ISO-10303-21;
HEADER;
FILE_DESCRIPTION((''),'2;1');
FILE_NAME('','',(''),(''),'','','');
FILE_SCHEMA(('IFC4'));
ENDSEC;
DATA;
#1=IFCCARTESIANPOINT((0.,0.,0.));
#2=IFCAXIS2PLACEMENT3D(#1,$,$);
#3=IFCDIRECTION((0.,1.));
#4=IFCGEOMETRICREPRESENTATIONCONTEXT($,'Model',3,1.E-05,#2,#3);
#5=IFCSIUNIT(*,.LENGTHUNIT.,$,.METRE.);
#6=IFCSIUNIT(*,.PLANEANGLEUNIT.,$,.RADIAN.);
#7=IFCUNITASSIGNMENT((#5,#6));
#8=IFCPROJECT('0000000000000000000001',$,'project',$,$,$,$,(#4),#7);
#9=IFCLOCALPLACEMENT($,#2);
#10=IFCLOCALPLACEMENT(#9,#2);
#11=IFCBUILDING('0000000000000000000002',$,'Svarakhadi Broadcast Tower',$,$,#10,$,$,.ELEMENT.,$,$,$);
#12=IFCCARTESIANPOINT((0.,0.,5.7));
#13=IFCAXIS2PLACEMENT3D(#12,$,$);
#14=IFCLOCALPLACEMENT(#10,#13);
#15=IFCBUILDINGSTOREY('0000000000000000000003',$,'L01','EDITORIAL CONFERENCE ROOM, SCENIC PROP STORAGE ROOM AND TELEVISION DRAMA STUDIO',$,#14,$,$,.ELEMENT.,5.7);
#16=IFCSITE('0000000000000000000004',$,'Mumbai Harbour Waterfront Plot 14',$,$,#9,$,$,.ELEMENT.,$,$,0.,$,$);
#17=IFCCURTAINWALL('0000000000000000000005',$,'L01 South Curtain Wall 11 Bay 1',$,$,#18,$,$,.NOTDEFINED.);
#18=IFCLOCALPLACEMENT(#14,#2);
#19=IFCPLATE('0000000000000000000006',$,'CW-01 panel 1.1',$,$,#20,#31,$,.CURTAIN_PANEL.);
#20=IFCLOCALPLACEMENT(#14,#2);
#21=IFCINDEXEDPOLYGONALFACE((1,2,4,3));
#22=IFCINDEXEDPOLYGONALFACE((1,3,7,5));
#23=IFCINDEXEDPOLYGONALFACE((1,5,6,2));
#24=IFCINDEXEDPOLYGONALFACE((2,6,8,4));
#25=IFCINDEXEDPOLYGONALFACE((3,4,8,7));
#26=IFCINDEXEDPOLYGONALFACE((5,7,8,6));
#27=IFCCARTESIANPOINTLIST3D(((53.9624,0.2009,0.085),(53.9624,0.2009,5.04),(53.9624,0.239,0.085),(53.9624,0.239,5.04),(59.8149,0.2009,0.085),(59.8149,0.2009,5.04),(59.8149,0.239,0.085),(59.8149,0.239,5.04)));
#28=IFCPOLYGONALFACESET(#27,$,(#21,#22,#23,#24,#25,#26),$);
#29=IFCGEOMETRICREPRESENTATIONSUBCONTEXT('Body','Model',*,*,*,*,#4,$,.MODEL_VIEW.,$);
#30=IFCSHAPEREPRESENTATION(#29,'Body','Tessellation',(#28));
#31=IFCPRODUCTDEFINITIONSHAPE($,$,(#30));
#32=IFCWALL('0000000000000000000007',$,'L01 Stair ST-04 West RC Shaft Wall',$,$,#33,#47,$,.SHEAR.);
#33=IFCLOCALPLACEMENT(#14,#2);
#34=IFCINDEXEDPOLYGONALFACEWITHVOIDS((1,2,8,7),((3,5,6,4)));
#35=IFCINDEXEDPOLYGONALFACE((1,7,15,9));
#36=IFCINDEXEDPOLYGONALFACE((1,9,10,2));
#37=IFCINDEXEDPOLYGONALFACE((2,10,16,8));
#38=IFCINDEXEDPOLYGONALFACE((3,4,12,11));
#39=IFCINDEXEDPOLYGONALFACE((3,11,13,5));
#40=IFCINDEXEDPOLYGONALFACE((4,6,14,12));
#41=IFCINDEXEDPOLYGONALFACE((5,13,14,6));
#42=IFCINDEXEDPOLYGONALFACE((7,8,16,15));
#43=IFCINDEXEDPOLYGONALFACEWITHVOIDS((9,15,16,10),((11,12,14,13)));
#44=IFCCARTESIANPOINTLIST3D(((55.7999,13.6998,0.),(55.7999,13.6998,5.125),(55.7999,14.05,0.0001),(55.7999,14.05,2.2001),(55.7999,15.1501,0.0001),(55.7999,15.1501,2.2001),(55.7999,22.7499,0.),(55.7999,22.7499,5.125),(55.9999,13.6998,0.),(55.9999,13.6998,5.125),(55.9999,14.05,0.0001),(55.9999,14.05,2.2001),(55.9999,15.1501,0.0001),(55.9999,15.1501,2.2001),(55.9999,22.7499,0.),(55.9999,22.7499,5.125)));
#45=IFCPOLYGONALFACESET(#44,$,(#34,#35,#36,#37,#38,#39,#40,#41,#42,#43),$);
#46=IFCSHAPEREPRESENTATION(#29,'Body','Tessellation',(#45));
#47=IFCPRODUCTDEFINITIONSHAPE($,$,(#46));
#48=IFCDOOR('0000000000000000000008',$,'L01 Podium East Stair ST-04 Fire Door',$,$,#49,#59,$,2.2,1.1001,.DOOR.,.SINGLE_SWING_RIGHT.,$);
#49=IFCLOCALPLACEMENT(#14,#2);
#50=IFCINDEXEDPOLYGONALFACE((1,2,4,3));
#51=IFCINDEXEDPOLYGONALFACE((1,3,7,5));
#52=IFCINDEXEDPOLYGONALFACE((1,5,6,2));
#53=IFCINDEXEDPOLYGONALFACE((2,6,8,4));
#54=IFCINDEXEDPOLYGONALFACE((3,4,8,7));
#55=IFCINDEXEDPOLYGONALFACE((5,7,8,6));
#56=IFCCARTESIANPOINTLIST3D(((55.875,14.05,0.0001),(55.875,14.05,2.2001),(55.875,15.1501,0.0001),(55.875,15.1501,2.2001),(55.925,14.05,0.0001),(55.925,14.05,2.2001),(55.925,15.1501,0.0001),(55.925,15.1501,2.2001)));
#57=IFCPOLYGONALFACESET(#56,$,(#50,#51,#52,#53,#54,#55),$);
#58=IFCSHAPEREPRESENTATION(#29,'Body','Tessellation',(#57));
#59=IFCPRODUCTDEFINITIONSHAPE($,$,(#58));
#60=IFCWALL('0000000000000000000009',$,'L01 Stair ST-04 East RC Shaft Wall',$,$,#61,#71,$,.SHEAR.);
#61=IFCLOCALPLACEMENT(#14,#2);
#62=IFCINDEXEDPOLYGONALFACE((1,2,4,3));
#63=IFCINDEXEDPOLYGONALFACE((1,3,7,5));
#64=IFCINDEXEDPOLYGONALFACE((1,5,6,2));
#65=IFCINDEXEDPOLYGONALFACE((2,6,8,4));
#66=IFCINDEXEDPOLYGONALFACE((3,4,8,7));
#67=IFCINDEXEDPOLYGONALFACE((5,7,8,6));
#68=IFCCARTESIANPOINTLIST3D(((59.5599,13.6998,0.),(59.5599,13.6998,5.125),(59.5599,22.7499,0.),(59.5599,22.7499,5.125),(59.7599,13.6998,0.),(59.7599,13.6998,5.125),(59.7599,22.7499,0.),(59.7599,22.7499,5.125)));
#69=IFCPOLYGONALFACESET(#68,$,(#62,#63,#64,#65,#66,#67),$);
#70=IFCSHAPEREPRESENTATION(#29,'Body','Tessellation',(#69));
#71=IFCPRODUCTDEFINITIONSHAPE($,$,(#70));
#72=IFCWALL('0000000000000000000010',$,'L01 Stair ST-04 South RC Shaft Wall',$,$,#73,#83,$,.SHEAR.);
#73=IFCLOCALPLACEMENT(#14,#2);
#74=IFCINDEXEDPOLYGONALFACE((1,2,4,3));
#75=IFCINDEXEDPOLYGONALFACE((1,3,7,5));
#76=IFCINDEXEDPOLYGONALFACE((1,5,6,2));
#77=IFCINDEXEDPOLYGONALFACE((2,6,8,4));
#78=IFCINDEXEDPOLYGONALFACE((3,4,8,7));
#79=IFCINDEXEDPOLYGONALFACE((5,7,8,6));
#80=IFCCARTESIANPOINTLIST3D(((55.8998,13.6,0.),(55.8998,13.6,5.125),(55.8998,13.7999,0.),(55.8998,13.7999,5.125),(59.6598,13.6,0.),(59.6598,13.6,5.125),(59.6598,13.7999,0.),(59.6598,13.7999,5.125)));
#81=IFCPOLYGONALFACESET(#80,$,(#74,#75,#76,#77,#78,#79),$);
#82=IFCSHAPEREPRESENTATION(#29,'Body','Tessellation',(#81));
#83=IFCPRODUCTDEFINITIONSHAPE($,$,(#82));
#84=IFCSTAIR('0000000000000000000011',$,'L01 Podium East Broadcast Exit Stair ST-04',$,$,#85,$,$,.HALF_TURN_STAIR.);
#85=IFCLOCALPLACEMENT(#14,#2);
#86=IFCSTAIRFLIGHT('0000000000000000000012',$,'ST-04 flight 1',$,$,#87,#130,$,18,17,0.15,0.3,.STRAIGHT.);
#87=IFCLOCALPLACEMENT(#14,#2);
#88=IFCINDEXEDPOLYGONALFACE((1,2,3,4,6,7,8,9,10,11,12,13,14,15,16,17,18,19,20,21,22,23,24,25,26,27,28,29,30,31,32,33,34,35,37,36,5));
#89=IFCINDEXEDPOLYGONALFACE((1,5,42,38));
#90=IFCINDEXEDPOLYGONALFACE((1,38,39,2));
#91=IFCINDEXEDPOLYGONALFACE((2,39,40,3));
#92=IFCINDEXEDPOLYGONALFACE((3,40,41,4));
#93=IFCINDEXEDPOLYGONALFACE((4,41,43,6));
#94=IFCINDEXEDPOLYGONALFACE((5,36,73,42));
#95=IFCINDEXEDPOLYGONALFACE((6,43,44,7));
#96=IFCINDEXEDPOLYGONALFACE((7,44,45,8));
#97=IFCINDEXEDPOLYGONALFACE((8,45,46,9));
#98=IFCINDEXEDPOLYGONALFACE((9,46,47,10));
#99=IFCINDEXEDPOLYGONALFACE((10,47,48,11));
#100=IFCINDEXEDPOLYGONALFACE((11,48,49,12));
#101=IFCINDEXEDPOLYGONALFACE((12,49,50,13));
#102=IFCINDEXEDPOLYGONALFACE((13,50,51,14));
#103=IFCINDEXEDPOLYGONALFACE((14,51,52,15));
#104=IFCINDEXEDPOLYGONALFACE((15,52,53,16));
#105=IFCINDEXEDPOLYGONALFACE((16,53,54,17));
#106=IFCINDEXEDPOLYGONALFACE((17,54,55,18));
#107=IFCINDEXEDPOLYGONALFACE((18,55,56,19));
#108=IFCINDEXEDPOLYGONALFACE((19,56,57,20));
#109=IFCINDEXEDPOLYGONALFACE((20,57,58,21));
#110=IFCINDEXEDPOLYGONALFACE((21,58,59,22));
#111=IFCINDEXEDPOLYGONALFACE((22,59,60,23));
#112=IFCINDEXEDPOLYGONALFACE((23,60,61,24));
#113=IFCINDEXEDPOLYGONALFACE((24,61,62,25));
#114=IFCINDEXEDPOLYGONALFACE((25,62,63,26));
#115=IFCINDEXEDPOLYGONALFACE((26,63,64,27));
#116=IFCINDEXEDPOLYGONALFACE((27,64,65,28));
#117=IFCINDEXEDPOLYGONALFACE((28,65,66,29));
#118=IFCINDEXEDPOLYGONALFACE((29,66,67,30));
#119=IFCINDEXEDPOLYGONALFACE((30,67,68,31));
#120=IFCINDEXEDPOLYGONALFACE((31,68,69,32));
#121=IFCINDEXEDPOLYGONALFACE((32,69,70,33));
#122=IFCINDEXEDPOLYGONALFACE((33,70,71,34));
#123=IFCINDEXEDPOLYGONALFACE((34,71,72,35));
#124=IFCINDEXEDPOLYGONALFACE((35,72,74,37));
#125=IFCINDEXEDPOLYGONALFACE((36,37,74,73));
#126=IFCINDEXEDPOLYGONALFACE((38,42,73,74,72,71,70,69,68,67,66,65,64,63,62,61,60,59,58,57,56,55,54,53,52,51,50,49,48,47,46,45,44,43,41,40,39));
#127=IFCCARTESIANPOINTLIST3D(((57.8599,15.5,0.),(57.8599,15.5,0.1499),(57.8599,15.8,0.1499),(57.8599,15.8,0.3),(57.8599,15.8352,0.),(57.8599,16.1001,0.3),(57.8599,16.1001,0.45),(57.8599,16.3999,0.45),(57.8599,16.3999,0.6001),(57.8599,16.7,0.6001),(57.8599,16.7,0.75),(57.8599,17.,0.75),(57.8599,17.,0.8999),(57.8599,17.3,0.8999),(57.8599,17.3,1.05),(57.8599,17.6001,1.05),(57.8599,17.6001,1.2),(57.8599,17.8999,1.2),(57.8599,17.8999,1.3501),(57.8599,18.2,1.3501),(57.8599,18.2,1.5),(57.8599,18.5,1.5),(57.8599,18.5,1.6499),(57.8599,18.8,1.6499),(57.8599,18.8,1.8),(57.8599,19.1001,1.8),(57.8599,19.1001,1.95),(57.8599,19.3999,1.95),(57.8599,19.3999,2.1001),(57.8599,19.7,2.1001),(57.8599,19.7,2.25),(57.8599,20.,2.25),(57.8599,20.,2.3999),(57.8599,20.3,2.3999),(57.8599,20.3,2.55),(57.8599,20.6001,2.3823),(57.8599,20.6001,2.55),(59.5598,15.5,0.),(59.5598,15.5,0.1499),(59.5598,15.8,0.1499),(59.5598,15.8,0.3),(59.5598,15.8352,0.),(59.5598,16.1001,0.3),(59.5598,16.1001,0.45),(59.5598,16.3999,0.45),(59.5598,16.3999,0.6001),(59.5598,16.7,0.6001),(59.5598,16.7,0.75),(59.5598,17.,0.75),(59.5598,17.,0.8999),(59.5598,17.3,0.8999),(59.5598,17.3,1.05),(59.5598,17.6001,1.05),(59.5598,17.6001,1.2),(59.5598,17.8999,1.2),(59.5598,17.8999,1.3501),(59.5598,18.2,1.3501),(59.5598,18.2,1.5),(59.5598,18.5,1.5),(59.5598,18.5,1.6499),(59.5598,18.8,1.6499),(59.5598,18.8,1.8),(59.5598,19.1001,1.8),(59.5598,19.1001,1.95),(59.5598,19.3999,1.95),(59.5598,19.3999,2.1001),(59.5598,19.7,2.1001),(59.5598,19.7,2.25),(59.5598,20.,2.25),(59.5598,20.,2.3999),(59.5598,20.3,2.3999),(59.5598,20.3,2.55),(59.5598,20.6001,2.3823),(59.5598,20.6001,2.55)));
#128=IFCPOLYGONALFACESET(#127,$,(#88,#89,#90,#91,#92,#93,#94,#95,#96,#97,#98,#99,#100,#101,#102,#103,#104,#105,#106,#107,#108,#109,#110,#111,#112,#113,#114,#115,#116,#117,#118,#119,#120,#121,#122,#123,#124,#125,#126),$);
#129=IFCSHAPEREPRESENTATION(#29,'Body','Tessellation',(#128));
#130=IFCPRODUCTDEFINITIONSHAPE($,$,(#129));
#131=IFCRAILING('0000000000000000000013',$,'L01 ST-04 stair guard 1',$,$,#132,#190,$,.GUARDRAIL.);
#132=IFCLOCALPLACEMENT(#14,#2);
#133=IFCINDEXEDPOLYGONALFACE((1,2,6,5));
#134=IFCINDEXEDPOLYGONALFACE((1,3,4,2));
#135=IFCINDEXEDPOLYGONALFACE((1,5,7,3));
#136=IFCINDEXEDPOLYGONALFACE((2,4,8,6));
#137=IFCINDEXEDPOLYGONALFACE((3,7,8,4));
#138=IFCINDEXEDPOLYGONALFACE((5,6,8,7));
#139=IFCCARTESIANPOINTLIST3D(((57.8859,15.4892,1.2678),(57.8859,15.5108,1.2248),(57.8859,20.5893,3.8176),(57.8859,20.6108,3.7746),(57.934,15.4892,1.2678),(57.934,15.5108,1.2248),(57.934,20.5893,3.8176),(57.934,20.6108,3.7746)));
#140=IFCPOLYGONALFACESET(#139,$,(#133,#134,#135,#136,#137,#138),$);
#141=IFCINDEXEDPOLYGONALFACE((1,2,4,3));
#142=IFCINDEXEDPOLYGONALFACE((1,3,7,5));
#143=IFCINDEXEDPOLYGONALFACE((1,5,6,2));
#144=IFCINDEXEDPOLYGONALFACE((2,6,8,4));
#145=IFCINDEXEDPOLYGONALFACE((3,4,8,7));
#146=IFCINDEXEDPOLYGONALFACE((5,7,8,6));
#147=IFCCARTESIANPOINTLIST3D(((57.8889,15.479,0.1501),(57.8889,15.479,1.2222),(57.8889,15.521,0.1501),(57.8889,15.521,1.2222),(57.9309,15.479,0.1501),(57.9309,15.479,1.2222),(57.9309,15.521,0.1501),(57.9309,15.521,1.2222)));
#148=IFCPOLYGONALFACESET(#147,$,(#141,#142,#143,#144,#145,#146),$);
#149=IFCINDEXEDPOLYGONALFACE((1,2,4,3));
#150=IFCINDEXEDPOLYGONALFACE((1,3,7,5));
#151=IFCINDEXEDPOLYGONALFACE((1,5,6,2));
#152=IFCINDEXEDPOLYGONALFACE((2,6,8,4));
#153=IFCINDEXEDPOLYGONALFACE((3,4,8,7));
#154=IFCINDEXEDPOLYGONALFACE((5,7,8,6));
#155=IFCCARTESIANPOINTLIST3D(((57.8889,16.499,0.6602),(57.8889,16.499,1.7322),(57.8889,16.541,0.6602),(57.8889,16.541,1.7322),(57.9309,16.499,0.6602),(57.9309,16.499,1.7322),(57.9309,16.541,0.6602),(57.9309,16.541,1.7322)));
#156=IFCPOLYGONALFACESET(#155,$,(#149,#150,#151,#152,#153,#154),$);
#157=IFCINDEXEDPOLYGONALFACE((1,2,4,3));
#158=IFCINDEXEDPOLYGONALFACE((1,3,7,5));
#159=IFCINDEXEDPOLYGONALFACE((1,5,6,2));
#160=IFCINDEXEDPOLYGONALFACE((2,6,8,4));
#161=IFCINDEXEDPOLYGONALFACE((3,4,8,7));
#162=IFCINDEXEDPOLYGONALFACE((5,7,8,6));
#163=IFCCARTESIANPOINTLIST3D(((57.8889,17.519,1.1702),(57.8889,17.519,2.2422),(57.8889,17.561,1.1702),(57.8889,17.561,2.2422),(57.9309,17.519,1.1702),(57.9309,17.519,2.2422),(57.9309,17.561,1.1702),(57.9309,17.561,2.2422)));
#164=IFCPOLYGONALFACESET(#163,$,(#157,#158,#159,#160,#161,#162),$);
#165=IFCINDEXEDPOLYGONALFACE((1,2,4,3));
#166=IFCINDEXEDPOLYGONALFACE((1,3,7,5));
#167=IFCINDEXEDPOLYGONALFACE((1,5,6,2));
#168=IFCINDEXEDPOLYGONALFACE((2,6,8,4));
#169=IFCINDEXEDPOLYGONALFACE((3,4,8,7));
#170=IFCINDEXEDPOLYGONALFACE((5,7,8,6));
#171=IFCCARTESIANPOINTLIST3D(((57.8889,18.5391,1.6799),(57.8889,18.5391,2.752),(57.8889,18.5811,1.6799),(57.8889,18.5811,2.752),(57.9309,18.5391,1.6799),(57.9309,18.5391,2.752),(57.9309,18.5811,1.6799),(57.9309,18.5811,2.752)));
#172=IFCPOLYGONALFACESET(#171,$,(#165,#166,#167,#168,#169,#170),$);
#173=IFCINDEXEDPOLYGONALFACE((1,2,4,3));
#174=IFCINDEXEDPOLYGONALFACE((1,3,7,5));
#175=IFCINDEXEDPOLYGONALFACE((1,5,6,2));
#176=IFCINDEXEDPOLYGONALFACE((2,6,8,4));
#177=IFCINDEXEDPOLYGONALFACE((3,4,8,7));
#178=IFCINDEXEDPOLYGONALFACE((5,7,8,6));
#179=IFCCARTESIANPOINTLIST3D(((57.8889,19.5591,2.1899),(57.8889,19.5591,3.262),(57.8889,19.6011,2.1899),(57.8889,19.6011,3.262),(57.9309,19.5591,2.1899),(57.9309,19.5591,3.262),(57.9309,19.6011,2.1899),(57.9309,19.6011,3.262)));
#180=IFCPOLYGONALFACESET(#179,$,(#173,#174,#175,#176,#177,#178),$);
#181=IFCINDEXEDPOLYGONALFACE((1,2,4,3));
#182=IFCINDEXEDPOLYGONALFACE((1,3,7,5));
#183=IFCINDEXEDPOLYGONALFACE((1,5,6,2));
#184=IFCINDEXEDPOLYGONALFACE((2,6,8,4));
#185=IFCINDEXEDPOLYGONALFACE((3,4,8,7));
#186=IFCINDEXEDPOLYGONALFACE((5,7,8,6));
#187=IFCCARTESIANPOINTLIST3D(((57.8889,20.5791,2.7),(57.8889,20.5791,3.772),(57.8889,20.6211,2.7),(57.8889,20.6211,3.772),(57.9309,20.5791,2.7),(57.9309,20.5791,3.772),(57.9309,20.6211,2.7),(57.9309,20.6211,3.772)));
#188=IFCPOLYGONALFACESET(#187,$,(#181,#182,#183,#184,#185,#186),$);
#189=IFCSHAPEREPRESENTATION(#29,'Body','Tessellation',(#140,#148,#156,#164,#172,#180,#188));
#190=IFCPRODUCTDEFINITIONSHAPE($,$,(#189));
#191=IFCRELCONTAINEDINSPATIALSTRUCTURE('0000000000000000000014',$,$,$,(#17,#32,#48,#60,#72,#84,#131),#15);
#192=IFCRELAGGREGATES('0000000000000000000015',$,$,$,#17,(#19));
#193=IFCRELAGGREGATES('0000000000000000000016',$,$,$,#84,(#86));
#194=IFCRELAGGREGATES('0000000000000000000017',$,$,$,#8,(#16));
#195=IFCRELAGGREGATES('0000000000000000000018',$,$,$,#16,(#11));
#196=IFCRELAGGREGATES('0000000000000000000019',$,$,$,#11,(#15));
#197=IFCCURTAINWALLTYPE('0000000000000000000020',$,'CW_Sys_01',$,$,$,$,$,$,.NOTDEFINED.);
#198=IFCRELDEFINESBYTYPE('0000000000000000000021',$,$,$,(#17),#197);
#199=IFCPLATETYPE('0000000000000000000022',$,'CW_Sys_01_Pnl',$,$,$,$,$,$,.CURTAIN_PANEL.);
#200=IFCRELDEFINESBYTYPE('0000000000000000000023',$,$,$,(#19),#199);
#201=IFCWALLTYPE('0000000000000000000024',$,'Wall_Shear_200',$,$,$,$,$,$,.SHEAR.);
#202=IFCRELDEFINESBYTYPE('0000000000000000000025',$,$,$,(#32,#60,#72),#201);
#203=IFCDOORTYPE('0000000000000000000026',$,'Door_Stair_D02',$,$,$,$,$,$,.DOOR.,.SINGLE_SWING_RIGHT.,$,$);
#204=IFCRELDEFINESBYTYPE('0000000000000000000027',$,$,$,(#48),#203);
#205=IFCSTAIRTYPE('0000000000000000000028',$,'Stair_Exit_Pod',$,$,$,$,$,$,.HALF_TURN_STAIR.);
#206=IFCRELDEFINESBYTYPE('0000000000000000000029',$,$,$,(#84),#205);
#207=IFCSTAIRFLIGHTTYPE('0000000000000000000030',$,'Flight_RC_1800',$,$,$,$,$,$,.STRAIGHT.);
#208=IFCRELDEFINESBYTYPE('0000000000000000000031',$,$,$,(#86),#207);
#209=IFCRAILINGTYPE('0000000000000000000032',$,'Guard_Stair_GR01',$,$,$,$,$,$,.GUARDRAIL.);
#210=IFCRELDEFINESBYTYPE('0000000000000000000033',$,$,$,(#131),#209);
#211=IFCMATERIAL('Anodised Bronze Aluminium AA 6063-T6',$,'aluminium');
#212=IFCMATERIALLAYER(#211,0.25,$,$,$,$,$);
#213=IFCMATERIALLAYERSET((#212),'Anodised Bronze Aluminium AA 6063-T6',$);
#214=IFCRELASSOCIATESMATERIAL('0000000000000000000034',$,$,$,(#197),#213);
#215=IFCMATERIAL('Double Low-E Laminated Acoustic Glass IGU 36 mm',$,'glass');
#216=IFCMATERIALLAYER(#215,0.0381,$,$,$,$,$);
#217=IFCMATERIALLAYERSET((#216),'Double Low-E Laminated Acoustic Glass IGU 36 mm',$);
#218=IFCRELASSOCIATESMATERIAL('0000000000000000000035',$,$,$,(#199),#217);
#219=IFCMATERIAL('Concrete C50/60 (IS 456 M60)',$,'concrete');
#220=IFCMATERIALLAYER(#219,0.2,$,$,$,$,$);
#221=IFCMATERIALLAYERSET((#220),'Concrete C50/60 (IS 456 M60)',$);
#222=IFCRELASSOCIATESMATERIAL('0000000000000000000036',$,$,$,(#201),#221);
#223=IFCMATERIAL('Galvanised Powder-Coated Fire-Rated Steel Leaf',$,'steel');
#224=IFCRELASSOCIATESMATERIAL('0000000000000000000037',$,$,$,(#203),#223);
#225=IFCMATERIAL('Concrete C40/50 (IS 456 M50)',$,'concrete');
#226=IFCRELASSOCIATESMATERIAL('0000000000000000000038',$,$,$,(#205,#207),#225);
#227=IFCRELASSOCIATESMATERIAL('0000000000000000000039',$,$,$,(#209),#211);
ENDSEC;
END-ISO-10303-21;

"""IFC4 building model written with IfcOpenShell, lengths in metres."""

from ifc_helpers import new_model, si_unit, direction, frame, frame_2d, origin, origin_2d, place, context, subcontext, project, spatial, polyline, rectangle, outline, extrude, material, layer, layer_set, type_object, element, fill, aggregate, save


model = new_model("IFC4")

# Units and contexts
model_context = context("Model", 3, precision=1e-05, world=origin(), true_north=direction((0.0, 1.0)))
body_context = subcontext(model_context, "Body", "Model", "MODEL_VIEW")
ifc_project = project(units=[si_unit("LENGTHUNIT", "METRE"), si_unit("PLANEANGLEUNIT", "RADIAN")], contexts=[model_context])

# Site, building, storey
site_placement = place(None, origin())
site = spatial("IfcSite", under=ifc_project, at=site_placement, Name="Mumbai Harbour Waterfront Plot 14", CompositionType="ELEMENT", RefElevation=0.0)
building_placement = place(site_placement, origin())
building = spatial("IfcBuilding", under=site, at=building_placement, Name="Svarakhadi Broadcast Tower", CompositionType="ELEMENT")
storey_placement = place(building_placement, frame((0.0, 0.0, 5.7)))
storey = spatial("IfcBuildingStorey", under=building, at=storey_placement, Name="L01", Description="EDITORIAL CONFERENCE ROOM, SCENIC PROP STORAGE ROOM AND TELEVISION DRAMA STUDIO", CompositionType="ELEMENT", Elevation=5.7)

# Shared definitions
ifc_material_1 = material(Name="Anodised Bronze Aluminium AA 6063-T6", Category="aluminium")
ifc_layer_1 = layer(ifc_material_1, 0.25)
ifc_layer_set_1 = layer_set([ifc_layer_1], Name="Anodised Bronze Aluminium AA 6063-T6")
curtain_wall_type = type_object("IfcCurtainWallType", Name="CW_Sys_01", PredefinedType="NOTDEFINED", material=ifc_layer_set_1)

# Curtain wall
curtain_wall_1_placement = place(storey_placement, origin())
curtain_wall_1 = element("IfcCurtainWall", 1, at=curtain_wall_1_placement, inside=storey, type_object=curtain_wall_type, Name="L01 South Curtain Wall 11 Bay 1", PredefinedType="NOTDEFINED")

# Shared definitions
ifc_material_2 = material(Name="Concrete C50/60 (IS 456 M60)", Category="concrete")

# Plate
ifc_material_3 = material(Name="Double Low-E Laminated Acoustic Glass IGU 36 mm", Category="glass")
ifc_layer_2 = layer(ifc_material_3, 0.0381)
ifc_layer_set_2 = layer_set([ifc_layer_2], Name="Double Low-E Laminated Acoustic Glass IGU 36 mm")
plate_type = type_object("IfcPlateType", Name="CW_Sys_01_Pnl", PredefinedType="CURTAIN_PANEL", material=ifc_layer_set_2)
plate_1_placement = place(storey_placement, frame((56.8887, 0.22, 0.085), z_axis=(0.0, 0.0, 1.0), x_axis=(-1.0, 0.0, 0.0)))
plate_1 = element("IfcPlate", 2, at=plate_1_placement, type_object=plate_type, Name="CW-01 panel 1.1", PredefinedType="CURTAIN_PANEL", context=body_context, shape_type="SweptSolid", body=[
    extrude(rectangle(XDim=5.8525, YDim=0.0381, at=origin_2d()), origin(), (0.0, 0.0, 1.0), 4.9551),
])
aggregate(curtain_wall_1, [plate_1])

# Wall, opening, door
ifc_layer_3 = layer(ifc_material_2, 0.2)
ifc_layer_set_3 = layer_set([ifc_layer_3], Name="Concrete C50/60 (IS 456 M60)")
wall_type = type_object("IfcWallType", Name="Wall_Shear_200", PredefinedType="SHEAR", material=ifc_layer_set_3)
wall_1_placement = place(storey_placement, frame((55.8999, 13.7, 0.0), z_axis=(0.0, 0.0, 1.0), x_axis=(0.0, 1.0, 0.0)))
wall_1 = element("IfcWall", 3, at=wall_1_placement, inside=storey, type_object=wall_type, Name="L01 Stair ST-04 West RC Shaft Wall", PredefinedType="SHEAR", context=body_context, shape_type="SweptSolid", body=[
    extrude(rectangle(XDim=9.05, YDim=0.2, at=frame_2d((4.5249, 0.0))), origin(), (0.0, 0.0, 1.0), 5.125),
])
opening_placement = place(wall_1_placement, frame((0.3501, 0.0, 0.0)))
opening = element("IfcOpeningElement", 4, at=opening_placement, cuts=wall_1, PredefinedType="OPENING", context=body_context, shape_type="SweptSolid", body=[
    extrude(rectangle(XDim=1.1001, YDim=2.2, at=frame_2d((0.55, 1.1001))), frame((0.0, 0.1099, 0.0), z_axis=(0.0, -1.0, 0.0), x_axis=(1.0, 0.0, 0.0)), (0.0, 0.0, 1.0), 0.22),
])
ifc_material_4 = material(Name="Galvanised Powder-Coated Fire-Rated Steel Leaf", Category="steel")
door_type = type_object("IfcDoorType", Name="Door_Stair_D02", OperationType="SINGLE_SWING_RIGHT", PredefinedType="DOOR", material=ifc_material_4)
door_placement = place(opening_placement, origin())
door = element("IfcDoor", 5, at=door_placement, inside=storey, type_object=door_type, Name="L01 Podium East Stair ST-04 Fire Door", OperationType="SINGLE_SWING_RIGHT", OverallHeight=2.2, OverallWidth=1.1001, PredefinedType="DOOR", context=body_context, shape_type="SweptSolid", body=[
    extrude(rectangle(XDim=1.1001, YDim=2.2, at=frame_2d((0.55, 1.1001))), frame((0.0, 0.0249, 0.0), z_axis=(0.0, -1.0, 0.0), x_axis=(1.0, 0.0, 0.0)), (0.0, 0.0, 1.0), 0.05),
])
fill(opening, door)

# Walls
wall_2_placement = place(storey_placement, frame((59.6599, 13.7, 0.0), z_axis=(0.0, 0.0, 1.0), x_axis=(0.0, 1.0, 0.0)))
element("IfcWall", 6, at=wall_2_placement, inside=storey, type_object=wall_type, Name="L01 Stair ST-04 East RC Shaft Wall", PredefinedType="SHEAR", context=body_context, shape_type="SweptSolid", body=[
    extrude(rectangle(XDim=9.05, YDim=0.2, at=frame_2d((4.5249, 0.0))), origin(), (0.0, 0.0, 1.0), 5.125),
])
wall_3_placement = place(storey_placement, frame((55.8999, 13.7, 0.0), z_axis=(0.0, 0.0, 1.0), x_axis=(1.0, 0.0, 0.0)))
element("IfcWall", 7, at=wall_3_placement, inside=storey, type_object=wall_type, Name="L01 Stair ST-04 South RC Shaft Wall", PredefinedType="SHEAR", context=body_context, shape_type="SweptSolid", body=[
    extrude(rectangle(XDim=3.76, YDim=0.2, at=frame_2d((1.8799, 0.0))), origin(), (0.0, 0.0, 1.0), 5.125),
])

# Stair, stair flight
ifc_material_5 = material(Name="Concrete C40/50 (IS 456 M50)", Category="concrete")
stair_type = type_object("IfcStairType", Name="Stair_Exit_Pod", PredefinedType="HALF_TURN_STAIR", material=ifc_material_5)
stair_placement = place(storey_placement, origin())
stair = element("IfcStair", 8, at=stair_placement, inside=storey, type_object=stair_type, Name="L01 Podium East Broadcast Exit Stair ST-04", PredefinedType="HALF_TURN_STAIR")
stair_flight_type = type_object("IfcStairFlightType", Name="Flight_RC_1800", PredefinedType="STRAIGHT", material=ifc_material_5)
stair_flight_placement = place(storey_placement, frame((58.71, 15.5, 0.0), z_axis=(0.0, 0.0, 1.0), x_axis=(0.0, 1.0, 0.0)))
stair_flight = element("IfcStairFlight", 9, at=stair_flight_placement, type_object=stair_flight_type, Name="ST-04 flight 1", NumberOfRisers=18, NumberOfTreads=17, PredefinedType="STRAIGHT", RiserHeight=0.15, TreadLength=0.3, context=body_context, shape_type="SweptSolid", body=[
    extrude(outline(polyline([(0.0, 0.0), (0.0, 0.1499), (0.3, 0.1499), (0.3, 0.3), (0.6001, 0.3), (0.6001, 0.45), (0.8999, 0.45), (0.8999, 0.6001), (1.2, 0.6001), (1.2, 0.75), (1.5, 0.75), (1.5, 0.8999), (1.8, 0.8999), (1.8, 1.05), (2.1001, 1.05), (2.1001, 1.2), (2.3999, 1.2), (2.3999, 1.3501), (2.7, 1.3501), (2.7, 1.5), (3.0, 1.5), (3.0, 1.6499), (3.3, 1.6499), (3.3, 1.8), (3.6001, 1.8), (3.6001, 1.95), (3.8999, 1.95), (3.8999, 2.1001), (4.2, 2.1001), (4.2, 2.25), (4.5, 2.25), (4.5, 2.3999), (4.8, 2.3999), (4.8, 2.55), (5.1001, 2.55), (5.1001, 2.7), (5.1001, 2.3823), (0.3352, 0.0), (0.0, 0.0)])), frame((0.0, 0.8501, 0.0), z_axis=(0.0, -1.0, 0.0), x_axis=(1.0, 0.0, 0.0)), (0.0, 0.0, 1.0), 1.7),
])
aggregate(stair, [stair_flight])

# Railing
railing_type_1 = type_object("IfcRailingType", Name="Guard_Stair_GR01", PredefinedType="GUARDRAIL", material=ifc_material_1)
railing_1_placement = place(storey_placement, frame((57.9099, 15.5, 0.1501)))
element("IfcRailing", 10, at=railing_1_placement, inside=storey, type_object=railing_type_1, Name="L01 ST-04 stair guard 1", PredefinedType="GUARDRAIL", context=body_context, shape_type="SweptSolid", body=[
    extrude(rectangle(XDim=0.0481, YDim=0.0481, at=origin_2d()), frame((0.0, 0.0, 1.0962), z_axis=(0.0, 0.894444, 0.447179), x_axis=(-1.0, 0.0, 0.0)), (0.0, 0.0, 1.0), 5.7019),
    extrude(rectangle(XDim=0.042, YDim=0.042, at=origin_2d()), origin(), (0.0, 0.0, 1.0), 1.072),
    extrude(rectangle(XDim=0.042, YDim=0.042, at=origin_2d()), frame((0.0, 1.02, 0.51)), (0.0, 0.0, 1.0), 1.072),
    extrude(rectangle(XDim=0.042, YDim=0.042, at=origin_2d()), frame((0.0, 2.04, 1.02)), (0.0, 0.0, 1.0), 1.072),
    extrude(rectangle(XDim=0.042, YDim=0.042, at=origin_2d()), frame((0.0, 3.0601, 1.5298)), (0.0, 0.0, 1.0), 1.072),
    extrude(rectangle(XDim=0.042, YDim=0.042, at=origin_2d()), frame((0.0, 4.0801, 2.0398)), (0.0, 0.0, 1.0), 1.072),
    extrude(rectangle(XDim=0.042, YDim=0.042, at=origin_2d()), frame((0.0, 5.1001, 2.5498)), (0.0, 0.0, 1.0), 1.072),
])

save(model, "model.ifc")
